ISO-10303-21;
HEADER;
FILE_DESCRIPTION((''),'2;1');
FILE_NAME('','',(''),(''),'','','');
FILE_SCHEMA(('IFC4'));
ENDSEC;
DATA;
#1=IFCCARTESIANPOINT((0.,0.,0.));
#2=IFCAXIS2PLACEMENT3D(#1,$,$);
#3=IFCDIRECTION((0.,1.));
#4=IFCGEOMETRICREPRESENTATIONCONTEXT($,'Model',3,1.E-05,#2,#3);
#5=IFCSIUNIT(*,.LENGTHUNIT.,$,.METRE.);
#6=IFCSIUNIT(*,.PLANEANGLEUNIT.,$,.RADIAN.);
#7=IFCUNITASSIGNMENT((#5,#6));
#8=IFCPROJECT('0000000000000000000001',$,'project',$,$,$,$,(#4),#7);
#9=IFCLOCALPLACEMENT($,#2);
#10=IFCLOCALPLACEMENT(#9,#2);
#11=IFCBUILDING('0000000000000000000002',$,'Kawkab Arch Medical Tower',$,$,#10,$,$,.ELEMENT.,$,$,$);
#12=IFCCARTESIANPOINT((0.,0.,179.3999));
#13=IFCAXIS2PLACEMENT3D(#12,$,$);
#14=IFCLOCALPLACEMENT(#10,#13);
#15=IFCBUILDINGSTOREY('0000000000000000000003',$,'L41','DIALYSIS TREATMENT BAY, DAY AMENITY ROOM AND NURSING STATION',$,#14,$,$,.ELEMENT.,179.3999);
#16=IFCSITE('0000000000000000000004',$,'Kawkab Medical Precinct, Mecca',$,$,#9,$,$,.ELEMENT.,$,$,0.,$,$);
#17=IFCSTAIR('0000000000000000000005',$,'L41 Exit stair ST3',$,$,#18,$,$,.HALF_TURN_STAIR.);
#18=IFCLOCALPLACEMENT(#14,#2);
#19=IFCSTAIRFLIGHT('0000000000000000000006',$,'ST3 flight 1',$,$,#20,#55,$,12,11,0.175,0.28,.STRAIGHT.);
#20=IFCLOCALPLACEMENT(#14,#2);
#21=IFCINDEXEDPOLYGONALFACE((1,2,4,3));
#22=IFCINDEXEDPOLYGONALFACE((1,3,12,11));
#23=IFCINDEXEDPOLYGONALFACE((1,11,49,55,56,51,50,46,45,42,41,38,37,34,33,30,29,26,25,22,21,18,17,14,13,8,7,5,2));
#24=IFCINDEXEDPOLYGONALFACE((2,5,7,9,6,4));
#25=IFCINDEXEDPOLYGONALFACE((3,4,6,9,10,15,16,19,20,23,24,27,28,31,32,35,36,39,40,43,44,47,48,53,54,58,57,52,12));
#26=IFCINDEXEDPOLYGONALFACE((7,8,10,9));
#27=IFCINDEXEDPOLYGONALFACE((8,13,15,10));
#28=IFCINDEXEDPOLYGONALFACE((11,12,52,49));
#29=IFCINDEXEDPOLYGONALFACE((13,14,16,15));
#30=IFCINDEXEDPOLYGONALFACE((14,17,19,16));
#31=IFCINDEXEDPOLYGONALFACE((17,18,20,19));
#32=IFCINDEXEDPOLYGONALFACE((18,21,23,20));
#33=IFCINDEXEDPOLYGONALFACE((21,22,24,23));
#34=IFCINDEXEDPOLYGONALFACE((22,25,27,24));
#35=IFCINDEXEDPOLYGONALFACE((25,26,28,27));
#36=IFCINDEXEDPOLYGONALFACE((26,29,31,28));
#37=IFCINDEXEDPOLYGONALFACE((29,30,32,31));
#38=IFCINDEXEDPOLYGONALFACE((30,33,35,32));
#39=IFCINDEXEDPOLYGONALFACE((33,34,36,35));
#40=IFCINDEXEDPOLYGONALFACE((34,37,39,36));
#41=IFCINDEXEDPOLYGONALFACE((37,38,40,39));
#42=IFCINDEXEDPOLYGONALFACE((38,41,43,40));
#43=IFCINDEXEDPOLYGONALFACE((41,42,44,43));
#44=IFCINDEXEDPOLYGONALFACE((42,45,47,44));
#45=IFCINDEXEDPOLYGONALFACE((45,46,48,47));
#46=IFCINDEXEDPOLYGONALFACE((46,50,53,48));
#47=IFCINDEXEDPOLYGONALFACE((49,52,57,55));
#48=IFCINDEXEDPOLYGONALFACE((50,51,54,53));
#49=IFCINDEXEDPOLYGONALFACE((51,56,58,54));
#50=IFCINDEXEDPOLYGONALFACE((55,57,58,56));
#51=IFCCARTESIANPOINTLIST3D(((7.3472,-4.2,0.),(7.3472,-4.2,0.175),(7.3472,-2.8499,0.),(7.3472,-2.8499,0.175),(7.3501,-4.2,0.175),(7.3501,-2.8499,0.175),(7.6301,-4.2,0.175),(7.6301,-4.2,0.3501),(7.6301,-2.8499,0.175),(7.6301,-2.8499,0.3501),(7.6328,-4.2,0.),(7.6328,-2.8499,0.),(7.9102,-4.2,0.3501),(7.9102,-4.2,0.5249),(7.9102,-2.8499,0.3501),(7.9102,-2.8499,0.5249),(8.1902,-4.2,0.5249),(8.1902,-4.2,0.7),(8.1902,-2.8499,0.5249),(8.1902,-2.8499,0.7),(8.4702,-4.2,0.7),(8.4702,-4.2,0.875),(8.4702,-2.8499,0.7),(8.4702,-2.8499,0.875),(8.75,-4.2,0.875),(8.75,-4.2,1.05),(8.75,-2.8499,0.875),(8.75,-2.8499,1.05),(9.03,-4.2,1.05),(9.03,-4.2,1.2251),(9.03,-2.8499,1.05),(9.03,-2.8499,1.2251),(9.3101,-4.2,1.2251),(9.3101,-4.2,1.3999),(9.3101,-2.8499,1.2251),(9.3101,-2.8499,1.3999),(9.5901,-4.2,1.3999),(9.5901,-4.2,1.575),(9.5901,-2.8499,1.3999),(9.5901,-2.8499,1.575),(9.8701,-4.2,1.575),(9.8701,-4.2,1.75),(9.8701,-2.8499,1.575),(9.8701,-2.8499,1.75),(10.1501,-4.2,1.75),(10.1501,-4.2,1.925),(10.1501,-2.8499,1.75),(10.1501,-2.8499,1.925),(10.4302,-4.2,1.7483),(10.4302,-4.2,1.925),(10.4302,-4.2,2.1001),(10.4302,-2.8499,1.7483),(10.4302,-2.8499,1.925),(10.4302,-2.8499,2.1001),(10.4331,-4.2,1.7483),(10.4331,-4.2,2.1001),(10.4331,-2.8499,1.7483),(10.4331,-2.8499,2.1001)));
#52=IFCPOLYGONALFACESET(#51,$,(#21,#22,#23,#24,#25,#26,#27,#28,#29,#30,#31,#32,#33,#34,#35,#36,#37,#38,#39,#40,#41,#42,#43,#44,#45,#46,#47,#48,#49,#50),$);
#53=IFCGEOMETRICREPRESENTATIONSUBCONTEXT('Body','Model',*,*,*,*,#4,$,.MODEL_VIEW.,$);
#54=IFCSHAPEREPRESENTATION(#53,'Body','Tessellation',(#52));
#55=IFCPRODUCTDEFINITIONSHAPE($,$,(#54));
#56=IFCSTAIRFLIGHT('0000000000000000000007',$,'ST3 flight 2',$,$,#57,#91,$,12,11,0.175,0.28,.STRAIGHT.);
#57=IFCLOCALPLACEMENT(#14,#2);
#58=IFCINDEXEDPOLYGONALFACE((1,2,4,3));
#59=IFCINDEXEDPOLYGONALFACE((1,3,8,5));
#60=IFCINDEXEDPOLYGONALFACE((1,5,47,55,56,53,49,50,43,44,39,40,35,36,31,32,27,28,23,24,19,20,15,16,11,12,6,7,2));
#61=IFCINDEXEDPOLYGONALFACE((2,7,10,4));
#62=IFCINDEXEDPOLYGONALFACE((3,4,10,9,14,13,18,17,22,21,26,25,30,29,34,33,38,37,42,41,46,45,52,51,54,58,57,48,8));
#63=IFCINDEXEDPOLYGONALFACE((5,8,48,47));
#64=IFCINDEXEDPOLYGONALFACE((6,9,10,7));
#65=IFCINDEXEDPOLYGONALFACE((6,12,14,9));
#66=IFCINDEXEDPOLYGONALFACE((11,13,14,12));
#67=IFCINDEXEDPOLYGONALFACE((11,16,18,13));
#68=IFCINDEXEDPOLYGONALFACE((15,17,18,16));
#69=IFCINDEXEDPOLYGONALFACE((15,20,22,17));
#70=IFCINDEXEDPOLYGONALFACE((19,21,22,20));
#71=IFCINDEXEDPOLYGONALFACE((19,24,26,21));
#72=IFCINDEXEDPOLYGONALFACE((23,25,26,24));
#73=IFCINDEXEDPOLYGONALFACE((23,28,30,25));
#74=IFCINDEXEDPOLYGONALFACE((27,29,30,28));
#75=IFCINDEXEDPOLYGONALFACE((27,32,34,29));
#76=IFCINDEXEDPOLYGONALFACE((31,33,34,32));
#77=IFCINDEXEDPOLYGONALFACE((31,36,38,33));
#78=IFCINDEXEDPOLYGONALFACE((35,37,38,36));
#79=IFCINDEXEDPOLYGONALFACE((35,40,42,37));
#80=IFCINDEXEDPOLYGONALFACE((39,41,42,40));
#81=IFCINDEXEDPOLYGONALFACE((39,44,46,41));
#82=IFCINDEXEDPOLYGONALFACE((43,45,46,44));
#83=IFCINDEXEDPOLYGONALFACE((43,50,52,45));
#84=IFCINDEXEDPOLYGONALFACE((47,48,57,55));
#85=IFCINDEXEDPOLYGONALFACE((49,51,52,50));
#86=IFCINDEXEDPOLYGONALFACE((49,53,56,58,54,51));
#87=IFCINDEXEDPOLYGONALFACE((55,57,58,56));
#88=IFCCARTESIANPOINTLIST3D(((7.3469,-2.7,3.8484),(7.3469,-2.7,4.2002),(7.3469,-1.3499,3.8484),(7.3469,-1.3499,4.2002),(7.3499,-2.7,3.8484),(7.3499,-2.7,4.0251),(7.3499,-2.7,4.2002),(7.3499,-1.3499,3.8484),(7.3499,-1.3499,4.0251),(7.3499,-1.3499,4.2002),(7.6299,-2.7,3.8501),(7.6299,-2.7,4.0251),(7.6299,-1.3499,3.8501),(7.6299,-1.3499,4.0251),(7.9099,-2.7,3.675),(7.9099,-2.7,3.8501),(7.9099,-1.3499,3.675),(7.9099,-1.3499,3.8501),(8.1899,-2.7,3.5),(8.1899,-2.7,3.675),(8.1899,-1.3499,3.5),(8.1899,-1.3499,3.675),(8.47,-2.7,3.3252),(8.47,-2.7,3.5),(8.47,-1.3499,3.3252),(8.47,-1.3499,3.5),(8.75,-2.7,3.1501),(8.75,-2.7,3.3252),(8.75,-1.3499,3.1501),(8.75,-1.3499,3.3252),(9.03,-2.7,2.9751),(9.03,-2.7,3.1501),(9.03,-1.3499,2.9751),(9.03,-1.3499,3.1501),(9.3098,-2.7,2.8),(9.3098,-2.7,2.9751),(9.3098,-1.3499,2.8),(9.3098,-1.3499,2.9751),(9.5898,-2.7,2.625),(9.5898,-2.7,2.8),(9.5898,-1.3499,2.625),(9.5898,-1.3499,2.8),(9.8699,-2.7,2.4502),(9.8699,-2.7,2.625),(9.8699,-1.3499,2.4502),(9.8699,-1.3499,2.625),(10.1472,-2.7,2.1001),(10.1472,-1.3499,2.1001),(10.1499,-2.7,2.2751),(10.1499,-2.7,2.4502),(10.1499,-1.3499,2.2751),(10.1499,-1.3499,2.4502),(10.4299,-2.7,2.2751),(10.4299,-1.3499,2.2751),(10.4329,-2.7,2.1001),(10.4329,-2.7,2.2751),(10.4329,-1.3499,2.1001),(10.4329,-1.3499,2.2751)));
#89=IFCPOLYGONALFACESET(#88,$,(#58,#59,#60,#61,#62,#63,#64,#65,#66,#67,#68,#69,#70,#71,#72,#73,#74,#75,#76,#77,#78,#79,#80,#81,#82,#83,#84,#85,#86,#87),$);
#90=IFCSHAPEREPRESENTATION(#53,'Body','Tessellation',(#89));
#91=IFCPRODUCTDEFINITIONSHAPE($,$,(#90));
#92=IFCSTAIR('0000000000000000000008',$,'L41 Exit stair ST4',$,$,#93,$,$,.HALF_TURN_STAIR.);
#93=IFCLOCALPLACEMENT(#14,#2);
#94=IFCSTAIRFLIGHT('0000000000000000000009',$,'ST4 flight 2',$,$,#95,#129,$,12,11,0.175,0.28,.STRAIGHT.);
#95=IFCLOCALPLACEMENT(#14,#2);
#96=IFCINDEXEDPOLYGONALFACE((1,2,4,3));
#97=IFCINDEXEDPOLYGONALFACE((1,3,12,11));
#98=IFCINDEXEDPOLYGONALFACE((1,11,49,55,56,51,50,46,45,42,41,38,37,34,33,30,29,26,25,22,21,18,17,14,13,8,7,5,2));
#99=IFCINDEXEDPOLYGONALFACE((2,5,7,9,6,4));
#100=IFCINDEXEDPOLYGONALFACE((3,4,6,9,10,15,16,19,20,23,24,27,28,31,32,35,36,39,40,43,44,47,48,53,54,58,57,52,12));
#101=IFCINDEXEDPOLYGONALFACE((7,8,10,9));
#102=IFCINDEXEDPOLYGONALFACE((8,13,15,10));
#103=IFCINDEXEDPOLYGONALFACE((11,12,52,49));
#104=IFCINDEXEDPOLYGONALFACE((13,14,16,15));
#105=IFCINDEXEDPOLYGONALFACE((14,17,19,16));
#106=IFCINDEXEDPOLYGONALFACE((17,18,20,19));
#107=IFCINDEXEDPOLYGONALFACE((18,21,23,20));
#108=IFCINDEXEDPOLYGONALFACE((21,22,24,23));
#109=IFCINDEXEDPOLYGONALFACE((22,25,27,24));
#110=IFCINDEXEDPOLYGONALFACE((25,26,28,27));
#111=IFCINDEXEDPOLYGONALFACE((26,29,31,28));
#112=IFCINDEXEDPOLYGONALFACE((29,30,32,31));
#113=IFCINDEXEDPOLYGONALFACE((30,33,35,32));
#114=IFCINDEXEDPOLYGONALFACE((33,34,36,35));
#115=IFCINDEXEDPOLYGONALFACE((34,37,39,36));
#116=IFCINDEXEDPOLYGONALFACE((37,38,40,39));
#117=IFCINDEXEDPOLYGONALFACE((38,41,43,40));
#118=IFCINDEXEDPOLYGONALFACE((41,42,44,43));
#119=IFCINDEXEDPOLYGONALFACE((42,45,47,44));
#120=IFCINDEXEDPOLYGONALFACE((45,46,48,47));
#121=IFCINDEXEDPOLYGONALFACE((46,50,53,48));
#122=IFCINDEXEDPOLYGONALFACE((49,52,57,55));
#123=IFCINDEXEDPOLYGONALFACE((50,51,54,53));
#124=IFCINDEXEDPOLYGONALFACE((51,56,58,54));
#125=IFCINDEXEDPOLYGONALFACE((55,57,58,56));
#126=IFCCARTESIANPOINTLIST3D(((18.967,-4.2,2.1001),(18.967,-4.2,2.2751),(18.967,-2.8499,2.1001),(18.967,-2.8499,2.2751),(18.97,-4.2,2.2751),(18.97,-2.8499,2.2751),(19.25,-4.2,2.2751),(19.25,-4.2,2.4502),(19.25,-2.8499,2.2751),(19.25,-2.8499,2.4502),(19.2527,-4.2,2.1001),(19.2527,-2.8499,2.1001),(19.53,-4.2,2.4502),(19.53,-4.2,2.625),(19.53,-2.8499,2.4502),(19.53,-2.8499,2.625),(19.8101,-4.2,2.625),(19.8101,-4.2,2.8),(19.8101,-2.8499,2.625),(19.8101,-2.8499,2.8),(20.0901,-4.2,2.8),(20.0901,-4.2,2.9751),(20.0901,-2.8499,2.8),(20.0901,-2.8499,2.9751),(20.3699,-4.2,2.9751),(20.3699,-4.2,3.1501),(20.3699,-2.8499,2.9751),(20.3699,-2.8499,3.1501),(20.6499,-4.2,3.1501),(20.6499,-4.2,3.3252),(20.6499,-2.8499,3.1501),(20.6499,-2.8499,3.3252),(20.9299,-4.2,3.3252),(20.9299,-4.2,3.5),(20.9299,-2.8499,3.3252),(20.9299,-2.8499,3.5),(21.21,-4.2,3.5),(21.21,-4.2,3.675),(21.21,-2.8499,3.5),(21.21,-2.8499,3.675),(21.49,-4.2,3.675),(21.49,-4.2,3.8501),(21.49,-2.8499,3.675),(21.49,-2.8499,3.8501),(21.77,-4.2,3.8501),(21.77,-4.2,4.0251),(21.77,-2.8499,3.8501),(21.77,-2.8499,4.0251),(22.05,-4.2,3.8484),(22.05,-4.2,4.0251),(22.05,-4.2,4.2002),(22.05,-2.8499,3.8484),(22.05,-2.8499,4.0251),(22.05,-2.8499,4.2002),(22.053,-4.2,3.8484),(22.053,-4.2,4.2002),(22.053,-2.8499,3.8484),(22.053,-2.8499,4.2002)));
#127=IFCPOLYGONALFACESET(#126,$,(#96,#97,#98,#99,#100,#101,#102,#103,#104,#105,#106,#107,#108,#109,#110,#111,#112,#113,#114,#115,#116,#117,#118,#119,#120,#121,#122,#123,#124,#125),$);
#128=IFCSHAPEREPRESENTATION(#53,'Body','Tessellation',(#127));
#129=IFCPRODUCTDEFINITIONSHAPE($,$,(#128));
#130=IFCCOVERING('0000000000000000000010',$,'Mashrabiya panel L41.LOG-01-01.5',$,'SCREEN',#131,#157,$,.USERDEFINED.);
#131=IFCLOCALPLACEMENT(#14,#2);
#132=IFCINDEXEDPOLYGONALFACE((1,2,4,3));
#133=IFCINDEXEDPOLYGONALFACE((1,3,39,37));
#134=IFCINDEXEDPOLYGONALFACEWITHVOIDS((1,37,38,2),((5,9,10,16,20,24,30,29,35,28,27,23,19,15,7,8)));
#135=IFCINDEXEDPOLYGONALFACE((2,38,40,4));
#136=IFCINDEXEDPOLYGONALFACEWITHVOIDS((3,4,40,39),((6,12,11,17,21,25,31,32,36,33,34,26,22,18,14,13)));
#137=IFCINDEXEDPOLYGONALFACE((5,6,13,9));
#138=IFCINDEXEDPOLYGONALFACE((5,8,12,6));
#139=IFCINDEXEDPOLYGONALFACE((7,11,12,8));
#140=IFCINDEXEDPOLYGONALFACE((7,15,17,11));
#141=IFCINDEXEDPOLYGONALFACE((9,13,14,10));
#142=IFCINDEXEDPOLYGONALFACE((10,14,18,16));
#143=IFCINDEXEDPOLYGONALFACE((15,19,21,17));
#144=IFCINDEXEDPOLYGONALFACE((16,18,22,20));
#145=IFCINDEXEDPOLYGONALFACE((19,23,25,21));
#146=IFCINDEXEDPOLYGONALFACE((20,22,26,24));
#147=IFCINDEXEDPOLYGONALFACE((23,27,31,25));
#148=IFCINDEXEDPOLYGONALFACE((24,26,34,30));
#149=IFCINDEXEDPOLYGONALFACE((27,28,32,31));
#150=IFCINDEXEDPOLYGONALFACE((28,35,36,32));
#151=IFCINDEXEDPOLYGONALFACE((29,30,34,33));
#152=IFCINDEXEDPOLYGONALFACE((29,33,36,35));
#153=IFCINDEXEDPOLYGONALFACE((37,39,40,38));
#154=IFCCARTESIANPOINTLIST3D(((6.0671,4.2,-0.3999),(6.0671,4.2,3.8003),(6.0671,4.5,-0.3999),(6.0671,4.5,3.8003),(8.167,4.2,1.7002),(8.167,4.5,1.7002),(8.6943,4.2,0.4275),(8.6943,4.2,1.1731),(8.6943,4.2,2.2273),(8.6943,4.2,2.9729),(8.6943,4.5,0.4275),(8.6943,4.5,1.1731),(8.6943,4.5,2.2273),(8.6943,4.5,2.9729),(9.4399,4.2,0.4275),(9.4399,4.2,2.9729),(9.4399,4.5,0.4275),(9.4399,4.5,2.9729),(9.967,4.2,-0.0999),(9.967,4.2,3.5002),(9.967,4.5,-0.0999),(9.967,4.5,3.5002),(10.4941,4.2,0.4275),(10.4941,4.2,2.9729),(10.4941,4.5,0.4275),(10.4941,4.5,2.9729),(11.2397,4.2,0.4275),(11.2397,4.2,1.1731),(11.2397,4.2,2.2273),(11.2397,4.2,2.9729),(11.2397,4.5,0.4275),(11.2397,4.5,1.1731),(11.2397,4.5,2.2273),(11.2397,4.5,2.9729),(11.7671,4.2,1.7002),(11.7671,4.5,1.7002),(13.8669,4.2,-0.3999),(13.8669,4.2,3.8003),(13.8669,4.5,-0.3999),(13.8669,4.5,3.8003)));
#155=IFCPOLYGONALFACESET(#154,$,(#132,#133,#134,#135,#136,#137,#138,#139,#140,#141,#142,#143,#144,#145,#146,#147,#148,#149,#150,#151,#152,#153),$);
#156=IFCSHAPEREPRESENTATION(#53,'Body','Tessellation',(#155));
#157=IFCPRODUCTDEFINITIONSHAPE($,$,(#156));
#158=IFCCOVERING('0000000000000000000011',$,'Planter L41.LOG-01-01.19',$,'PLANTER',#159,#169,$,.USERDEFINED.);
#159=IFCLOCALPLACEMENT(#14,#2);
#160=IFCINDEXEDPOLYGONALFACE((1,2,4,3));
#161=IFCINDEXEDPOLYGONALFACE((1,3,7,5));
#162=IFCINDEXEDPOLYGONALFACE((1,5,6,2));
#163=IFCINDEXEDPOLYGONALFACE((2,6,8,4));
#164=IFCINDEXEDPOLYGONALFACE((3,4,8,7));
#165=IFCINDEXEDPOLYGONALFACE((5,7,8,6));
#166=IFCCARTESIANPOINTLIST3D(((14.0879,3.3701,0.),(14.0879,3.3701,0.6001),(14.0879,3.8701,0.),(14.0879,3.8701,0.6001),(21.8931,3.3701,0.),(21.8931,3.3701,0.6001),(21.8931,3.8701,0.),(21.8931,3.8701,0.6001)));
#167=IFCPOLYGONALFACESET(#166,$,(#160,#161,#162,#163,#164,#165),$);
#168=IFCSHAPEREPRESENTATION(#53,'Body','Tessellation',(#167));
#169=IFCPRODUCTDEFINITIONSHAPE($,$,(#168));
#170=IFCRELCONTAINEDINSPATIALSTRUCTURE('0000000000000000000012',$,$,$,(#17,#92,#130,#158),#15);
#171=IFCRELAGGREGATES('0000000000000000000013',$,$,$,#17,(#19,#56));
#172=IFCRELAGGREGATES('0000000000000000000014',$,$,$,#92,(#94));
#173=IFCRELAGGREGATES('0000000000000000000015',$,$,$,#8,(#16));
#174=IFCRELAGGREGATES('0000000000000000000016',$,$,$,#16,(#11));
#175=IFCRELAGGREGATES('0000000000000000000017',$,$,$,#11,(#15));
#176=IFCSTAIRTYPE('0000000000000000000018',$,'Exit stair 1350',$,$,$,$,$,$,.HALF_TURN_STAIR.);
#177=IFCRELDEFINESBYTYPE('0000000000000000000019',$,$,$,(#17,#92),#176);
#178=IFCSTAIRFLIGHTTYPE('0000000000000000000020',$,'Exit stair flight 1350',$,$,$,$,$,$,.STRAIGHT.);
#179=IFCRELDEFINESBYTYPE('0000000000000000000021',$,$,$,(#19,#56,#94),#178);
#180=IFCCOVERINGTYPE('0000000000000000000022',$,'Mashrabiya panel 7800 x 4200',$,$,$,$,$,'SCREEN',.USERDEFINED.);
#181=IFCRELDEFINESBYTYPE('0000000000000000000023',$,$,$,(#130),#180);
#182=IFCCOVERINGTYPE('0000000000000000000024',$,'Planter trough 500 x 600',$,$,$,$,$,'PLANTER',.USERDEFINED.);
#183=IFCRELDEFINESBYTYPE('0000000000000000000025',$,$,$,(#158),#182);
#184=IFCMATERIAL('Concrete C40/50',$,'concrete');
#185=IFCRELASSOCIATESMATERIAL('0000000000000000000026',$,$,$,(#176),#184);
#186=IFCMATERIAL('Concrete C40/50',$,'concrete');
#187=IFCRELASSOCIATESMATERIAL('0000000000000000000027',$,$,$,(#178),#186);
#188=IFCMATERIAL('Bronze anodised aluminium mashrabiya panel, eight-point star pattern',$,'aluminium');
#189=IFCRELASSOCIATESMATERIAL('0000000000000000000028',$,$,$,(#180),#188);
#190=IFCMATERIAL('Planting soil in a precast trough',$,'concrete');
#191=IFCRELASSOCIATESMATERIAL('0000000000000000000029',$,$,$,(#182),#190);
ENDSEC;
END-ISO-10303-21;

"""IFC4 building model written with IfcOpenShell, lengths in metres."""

from ifc_helpers import new_model, si_unit, direction, frame, origin, origin_2d, place, context, subcontext, project, spatial, polyline, rectangle, outline, extrude, material, material_profile, profile_set, type_object, element, aggregate, save


model = new_model("IFC4")

# Units and contexts
model_context = context("Model", 3, precision=1e-05, world=origin(), true_north=direction((0.0, 1.0)))
body_context = subcontext(model_context, "Body", "Model", "MODEL_VIEW")
ifc_project = project(units=[si_unit("LENGTHUNIT", "METRE"), si_unit("PLANEANGLEUNIT", "RADIAN")], contexts=[model_context])

# Site, building, storey
site_placement = place(None, origin())
site = spatial("IfcSite", under=ifc_project, at=site_placement, Name="Kawkab Medical Precinct, Mecca", CompositionType="ELEMENT", RefElevation=0.0)
building_placement = place(site_placement, origin())
building = spatial("IfcBuilding", under=site, at=building_placement, Name="Kawkab Arch Medical Tower", CompositionType="ELEMENT")
storey_placement = place(building_placement, frame((0.0, 0.0, 179.3999)))
storey = spatial("IfcBuildingStorey", under=building, at=storey_placement, Name="L41", Description="DIALYSIS TREATMENT BAY, DAY AMENITY ROOM AND NURSING STATION", CompositionType="ELEMENT", Elevation=179.3999)

# Shared definitions
placement = place(storey_placement, origin())

# Stair, stair flights
ifc_material_1 = material(Name="Concrete C40/50", Category="concrete")
stair_type = type_object("IfcStairType", Name="Exit stair 1350", PredefinedType="HALF_TURN_STAIR", material=ifc_material_1)
stair_1 = element("IfcStair", 1, at=placement, inside=storey, type_object=stair_type, Name="L41 Exit stair ST3", PredefinedType="HALF_TURN_STAIR")
ifc_material_2 = material(Name="Concrete C40/50", Category="concrete")
stair_flight_type = type_object("IfcStairFlightType", Name="Exit stair flight 1350", PredefinedType="STRAIGHT", material=ifc_material_2)
stair_flight_1_placement = place(storey_placement, frame((7.3501, -3.5249, 0.0), z_axis=(0.0, 0.0, 1.0), x_axis=(1.0, 0.0, 0.0)))
stair_flight_1 = element("IfcStairFlight", 2, at=stair_flight_1_placement, type_object=stair_flight_type, Name="ST3 flight 1", NumberOfRisers=12, NumberOfTreads=11, PredefinedType="STRAIGHT", RiserHeight=0.175, TreadLength=0.28, context=body_context, shape_type="SweptSolid", body=[
    extrude(outline(polyline([(-0.0029, 0.0), (-0.0029, 0.175), (0.0, 0.175), (0.28, 0.175), (0.28, 0.3501), (0.5601, 0.3501), (0.5601, 0.5249), (0.8401, 0.5249), (0.8401, 0.7), (1.1201, 0.7), (1.1201, 0.875), (1.3999, 0.875), (1.3999, 1.05), (1.6799, 1.05), (1.6799, 1.2251), (1.96, 1.2251), (1.96, 1.3999), (2.24, 1.3999), (2.24, 1.575), (2.52, 1.575), (2.52, 1.75), (2.8, 1.75), (2.8, 1.925), (3.0801, 1.925), (3.0801, 2.1001), (3.083, 2.1001), (3.083, 1.7483), (3.0801, 1.7483), (0.2827, 0.0), (-0.0029, 0.0)])), frame((0.0, 0.675, 0.0), z_axis=(0.0, -1.0, 0.0), x_axis=(1.0, 0.0, 0.0)), (0.0, 0.0, 1.0), 1.3501),
])
stair_flight_2_placement = place(storey_placement, frame((10.4299, -2.0249, 2.1001), z_axis=(0.0, 0.0, 1.0), x_axis=(-1.0, 0.0, 0.0)))
stair_flight_2 = element("IfcStairFlight", 3, at=stair_flight_2_placement, type_object=stair_flight_type, Name="ST3 flight 2", NumberOfRisers=12, NumberOfTreads=11, PredefinedType="STRAIGHT", RiserHeight=0.175, TreadLength=0.28, context=body_context, shape_type="SweptSolid", body=[
    extrude(outline(polyline([(-0.0029, 0.0), (-0.0029, 0.175), (0.0, 0.175), (0.28, 0.175), (0.28, 0.3501), (0.5601, 0.3501), (0.5601, 0.5249), (0.8401, 0.5249), (0.8401, 0.7), (1.1201, 0.7), (1.1201, 0.875), (1.3999, 0.875), (1.3999, 1.05), (1.6799, 1.05), (1.6799, 1.2251), (1.96, 1.2251), (1.96, 1.3999), (2.24, 1.3999), (2.24, 1.575), (2.52, 1.575), (2.52, 1.75), (2.8, 1.75), (2.8, 1.925), (3.0801, 1.925), (3.0801, 2.1001), (3.083, 2.1001), (3.083, 1.7483), (3.0801, 1.7483), (0.2827, 0.0), (-0.0029, 0.0)])), frame((0.0, 0.675, 0.0), z_axis=(0.0, -1.0, 0.0), x_axis=(1.0, 0.0, 0.0)), (0.0, 0.0, 1.0), 1.3501),
])
aggregate(stair_1, [stair_flight_1, stair_flight_2])

# Stair, stair flight
stair_2 = element("IfcStair", 4, at=placement, inside=storey, type_object=stair_type, Name="L41 Exit stair ST4", PredefinedType="HALF_TURN_STAIR")
stair_flight_3_placement = place(storey_placement, frame((18.97, -3.5249, 2.1001), z_axis=(0.0, 0.0, 1.0), x_axis=(1.0, 0.0, 0.0)))
stair_flight_3 = element("IfcStairFlight", 5, at=stair_flight_3_placement, type_object=stair_flight_type, Name="ST4 flight 2", NumberOfRisers=12, NumberOfTreads=11, PredefinedType="STRAIGHT", RiserHeight=0.175, TreadLength=0.28, context=body_context, shape_type="SweptSolid", body=[
    extrude(outline(polyline([(-0.0029, 0.0), (-0.0029, 0.175), (0.0, 0.175), (0.28, 0.175), (0.28, 0.3501), (0.5601, 0.3501), (0.5601, 0.5249), (0.8401, 0.5249), (0.8401, 0.7), (1.1201, 0.7), (1.1201, 0.875), (1.3999, 0.875), (1.3999, 1.05), (1.6799, 1.05), (1.6799, 1.2251), (1.96, 1.2251), (1.96, 1.3999), (2.24, 1.3999), (2.24, 1.575), (2.52, 1.575), (2.52, 1.75), (2.8, 1.75), (2.8, 1.925), (3.0801, 1.925), (3.0801, 2.1001), (3.083, 2.1001), (3.083, 1.7483), (3.0801, 1.7483), (0.2827, 0.0), (-0.0029, 0.0)])), frame((0.0, 0.675, 0.0), z_axis=(0.0, -1.0, 0.0), x_axis=(1.0, 0.0, 0.0)), (0.0, 0.0, 1.0), 1.3501),
])
aggregate(stair_2, [stair_flight_3])

# Coverings
ifc_material_3 = material(Name="Bronze anodised aluminium mashrabiya panel, eight-point star pattern", Category="aluminium")
ifc_material_profile_1 = material_profile(ifc_material_3, outline(polyline([(-3.8999, -2.1001), (3.8999, -2.1001), (3.8999, 2.1001), (-3.8999, 2.1001), (-3.8999, -2.1001)]), holes=[polyline([(1.8, 0.0), (1.2727, 0.5271), (1.2727, 1.2727), (0.5271, 1.2727), (0.0, 1.8), (-0.5271, 1.2727), (-1.2727, 1.2727), (-1.2727, 0.5271), (-1.8, 0.0), (-1.2727, -0.5271), (-1.2727, -1.2727), (-0.5271, -1.2727), (0.0, -1.8), (0.5271, -1.2727), (1.2727, -1.2727), (1.2727, -0.5271), (1.8, 0.0)])]), Name="Mashrabiya panel 7800x4200")
ifc_profile_set_1 = profile_set([ifc_material_profile_1], Name="Bronze anodised aluminium mashrabiya panel, eight-point star pattern")
covering_type_1 = type_object("IfcCoveringType", Name="Mashrabiya panel 7800 x 4200", ElementType="SCREEN", PredefinedType="USERDEFINED", material=ifc_profile_set_1)
covering_1_placement = place(storey_placement, frame((9.967, 4.2, 1.7002), z_axis=(0.0, 1.0, 0.0), x_axis=(-1.0, 0.0, 0.0)))
element("IfcCovering", 6, at=covering_1_placement, inside=storey, type_object=covering_type_1, Name="Mashrabiya panel L41.LOG-01-01.5", ObjectType="SCREEN", PredefinedType="USERDEFINED", context=body_context, shape_type="SweptSolid", body=[
    extrude(outline(polyline([(-3.8999, -2.1001), (3.8999, -2.1001), (3.8999, 2.1001), (-3.8999, 2.1001), (-3.8999, -2.1001)]), holes=[polyline([(1.8, 0.0), (1.2727, 0.5271), (1.2727, 1.2727), (0.5271, 1.2727), (0.0, 1.8), (-0.5271, 1.2727), (-1.2727, 1.2727), (-1.2727, 0.5271), (-1.8, 0.0), (-1.2727, -0.5271), (-1.2727, -1.2727), (-0.5271, -1.2727), (0.0, -1.8), (0.5271, -1.2727), (1.2727, -1.2727), (1.2727, -0.5271), (1.8, 0.0)])]), origin(), (0.0, 0.0, 1.0), 0.3),
])
ifc_material_4 = material(Name="Planting soil in a precast trough", Category="concrete")
ifc_material_profile_2 = material_profile(ifc_material_4, rectangle(XDim=0.5, YDim=0.6001, at=origin_2d()), Name="Trough 500x600")
ifc_profile_set_2 = profile_set([ifc_material_profile_2], Name="Planting soil in a precast trough")
covering_type_2 = type_object("IfcCoveringType", Name="Planter trough 500 x 600", ElementType="PLANTER", PredefinedType="USERDEFINED", material=ifc_profile_set_2)
covering_2_placement = place(storey_placement, frame((14.0879, 3.6201, 0.3), z_axis=(1.0, 0.0, 0.0), x_axis=(0.0, 1.0, 0.0)))
element("IfcCovering", 7, at=covering_2_placement, inside=storey, type_object=covering_type_2, Name="Planter L41.LOG-01-01.19", ObjectType="PLANTER", PredefinedType="USERDEFINED", context=body_context, shape_type="SweptSolid", body=[
    extrude(rectangle(XDim=0.5, YDim=0.6001, at=origin_2d()), origin(), (0.0, 0.0, 1.0), 7.8052),
])

save(model, "model.ifc")
